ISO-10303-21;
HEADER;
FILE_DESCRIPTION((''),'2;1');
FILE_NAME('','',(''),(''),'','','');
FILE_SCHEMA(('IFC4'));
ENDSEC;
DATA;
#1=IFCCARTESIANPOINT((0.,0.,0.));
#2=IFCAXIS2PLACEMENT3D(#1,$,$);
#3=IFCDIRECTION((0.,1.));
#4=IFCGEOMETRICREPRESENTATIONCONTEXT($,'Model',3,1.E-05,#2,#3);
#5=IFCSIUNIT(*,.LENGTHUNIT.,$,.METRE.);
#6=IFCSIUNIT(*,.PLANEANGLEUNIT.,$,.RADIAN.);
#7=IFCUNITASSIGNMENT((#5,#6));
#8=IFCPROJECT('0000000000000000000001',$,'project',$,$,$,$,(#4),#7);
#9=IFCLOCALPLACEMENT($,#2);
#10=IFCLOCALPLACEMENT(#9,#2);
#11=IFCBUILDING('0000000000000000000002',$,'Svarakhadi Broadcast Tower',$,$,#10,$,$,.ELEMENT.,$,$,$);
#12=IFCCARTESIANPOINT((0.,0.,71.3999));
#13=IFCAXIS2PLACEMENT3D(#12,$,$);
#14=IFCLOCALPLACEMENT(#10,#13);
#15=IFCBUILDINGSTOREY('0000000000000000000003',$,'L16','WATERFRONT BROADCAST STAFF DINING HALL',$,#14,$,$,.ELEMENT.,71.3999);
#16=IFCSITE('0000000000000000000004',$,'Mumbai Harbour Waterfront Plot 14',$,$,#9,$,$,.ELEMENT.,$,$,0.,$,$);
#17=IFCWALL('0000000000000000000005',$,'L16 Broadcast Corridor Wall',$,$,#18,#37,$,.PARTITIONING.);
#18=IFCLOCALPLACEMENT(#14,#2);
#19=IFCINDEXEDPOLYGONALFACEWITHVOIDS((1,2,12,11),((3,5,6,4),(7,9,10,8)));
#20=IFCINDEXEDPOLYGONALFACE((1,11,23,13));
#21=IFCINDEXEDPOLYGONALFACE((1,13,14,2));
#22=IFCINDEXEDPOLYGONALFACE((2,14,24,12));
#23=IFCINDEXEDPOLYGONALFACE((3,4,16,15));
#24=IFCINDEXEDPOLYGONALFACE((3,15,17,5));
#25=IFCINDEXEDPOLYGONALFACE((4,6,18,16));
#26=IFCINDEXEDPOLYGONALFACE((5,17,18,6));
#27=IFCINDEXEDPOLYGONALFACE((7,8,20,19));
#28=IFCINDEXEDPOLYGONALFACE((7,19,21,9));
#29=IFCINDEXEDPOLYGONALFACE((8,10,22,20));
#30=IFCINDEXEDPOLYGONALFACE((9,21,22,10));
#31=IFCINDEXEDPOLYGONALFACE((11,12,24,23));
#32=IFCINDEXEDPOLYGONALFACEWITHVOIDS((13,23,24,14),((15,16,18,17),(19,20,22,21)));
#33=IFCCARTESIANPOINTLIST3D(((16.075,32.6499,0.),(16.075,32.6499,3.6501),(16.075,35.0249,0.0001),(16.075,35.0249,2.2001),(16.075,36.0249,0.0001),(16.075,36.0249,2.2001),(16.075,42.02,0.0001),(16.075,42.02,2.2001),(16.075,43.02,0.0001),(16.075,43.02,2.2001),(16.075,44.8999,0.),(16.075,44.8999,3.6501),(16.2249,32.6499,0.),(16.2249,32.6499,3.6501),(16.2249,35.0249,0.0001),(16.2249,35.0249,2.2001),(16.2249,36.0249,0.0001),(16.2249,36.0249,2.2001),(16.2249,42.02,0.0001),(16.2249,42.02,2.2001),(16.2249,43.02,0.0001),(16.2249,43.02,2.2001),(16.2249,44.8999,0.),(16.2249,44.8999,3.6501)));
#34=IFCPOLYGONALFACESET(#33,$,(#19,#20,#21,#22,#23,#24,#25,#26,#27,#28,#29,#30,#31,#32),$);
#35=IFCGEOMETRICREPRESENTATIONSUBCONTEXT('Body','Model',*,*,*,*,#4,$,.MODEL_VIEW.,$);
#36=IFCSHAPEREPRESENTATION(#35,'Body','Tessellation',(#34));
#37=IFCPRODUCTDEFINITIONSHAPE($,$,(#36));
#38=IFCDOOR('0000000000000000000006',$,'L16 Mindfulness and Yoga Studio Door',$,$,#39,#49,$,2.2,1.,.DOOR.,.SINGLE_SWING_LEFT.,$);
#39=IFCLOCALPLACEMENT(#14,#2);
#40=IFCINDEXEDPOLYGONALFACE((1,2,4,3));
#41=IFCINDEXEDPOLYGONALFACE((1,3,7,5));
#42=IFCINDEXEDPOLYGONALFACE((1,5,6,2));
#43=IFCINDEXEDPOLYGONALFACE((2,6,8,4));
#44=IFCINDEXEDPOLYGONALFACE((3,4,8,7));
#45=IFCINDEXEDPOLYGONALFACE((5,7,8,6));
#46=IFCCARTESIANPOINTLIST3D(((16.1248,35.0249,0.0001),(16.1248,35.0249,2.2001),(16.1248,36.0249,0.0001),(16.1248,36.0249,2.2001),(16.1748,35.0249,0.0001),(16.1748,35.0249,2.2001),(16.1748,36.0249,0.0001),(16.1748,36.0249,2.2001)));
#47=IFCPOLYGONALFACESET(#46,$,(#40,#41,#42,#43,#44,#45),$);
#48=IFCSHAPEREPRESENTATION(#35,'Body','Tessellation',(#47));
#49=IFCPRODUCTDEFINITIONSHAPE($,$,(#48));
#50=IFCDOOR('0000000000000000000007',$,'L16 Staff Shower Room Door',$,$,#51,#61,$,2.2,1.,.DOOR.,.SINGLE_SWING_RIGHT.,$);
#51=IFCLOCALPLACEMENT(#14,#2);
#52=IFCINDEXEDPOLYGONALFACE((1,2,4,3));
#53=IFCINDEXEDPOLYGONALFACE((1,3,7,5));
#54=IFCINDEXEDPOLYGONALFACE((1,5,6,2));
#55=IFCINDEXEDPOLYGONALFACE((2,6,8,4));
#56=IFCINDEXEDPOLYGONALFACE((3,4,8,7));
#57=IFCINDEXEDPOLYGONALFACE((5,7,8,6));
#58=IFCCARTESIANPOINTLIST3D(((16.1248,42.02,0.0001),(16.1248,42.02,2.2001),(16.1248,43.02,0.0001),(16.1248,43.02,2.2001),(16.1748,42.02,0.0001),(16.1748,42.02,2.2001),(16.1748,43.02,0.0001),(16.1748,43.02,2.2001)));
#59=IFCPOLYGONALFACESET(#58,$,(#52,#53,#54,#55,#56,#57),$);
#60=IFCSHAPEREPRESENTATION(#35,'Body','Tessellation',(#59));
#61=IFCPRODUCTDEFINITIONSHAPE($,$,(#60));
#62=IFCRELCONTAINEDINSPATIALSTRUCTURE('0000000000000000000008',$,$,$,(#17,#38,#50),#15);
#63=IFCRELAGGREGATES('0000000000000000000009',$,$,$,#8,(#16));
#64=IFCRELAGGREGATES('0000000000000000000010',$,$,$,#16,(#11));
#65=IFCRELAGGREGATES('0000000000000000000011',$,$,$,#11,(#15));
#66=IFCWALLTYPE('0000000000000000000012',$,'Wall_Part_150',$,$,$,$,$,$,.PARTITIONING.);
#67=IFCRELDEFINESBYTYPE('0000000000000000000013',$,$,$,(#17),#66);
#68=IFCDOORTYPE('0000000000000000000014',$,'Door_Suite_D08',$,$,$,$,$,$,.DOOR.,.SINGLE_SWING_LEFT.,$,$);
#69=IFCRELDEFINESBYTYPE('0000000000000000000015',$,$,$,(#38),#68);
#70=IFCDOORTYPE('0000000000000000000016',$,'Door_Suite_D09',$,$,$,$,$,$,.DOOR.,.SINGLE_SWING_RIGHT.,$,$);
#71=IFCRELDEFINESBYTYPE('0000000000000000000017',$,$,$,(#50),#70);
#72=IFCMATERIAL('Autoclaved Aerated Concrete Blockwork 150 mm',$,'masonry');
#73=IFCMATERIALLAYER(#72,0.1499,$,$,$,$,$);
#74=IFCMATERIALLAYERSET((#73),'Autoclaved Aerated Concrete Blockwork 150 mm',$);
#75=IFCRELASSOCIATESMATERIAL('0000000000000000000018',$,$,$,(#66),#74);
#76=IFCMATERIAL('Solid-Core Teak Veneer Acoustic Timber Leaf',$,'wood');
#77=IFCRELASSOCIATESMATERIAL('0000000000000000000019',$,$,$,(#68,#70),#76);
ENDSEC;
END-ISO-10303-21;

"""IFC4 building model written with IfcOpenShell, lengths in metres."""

from ifc_helpers import new_model, si_unit, direction, frame, frame_2d, origin, place, context, subcontext, project, spatial, rectangle, extrude, material, layer, layer_set, type_object, element, fill, save


model = new_model("IFC4")

# Units and contexts
model_context = context("Model", 3, precision=1e-05, world=origin(), true_north=direction((0.0, 1.0)))
body_context = subcontext(model_context, "Body", "Model", "MODEL_VIEW")
ifc_project = project(units=[si_unit("LENGTHUNIT", "METRE"), si_unit("PLANEANGLEUNIT", "RADIAN")], contexts=[model_context])

# Site, building, storey
site_placement = place(None, origin())
site = spatial("IfcSite", under=ifc_project, at=site_placement, Name="Mumbai Harbour Waterfront Plot 14", CompositionType="ELEMENT", RefElevation=0.0)
building_placement = place(site_placement, origin())
building = spatial("IfcBuilding", under=site, at=building_placement, Name="Svarakhadi Broadcast Tower", CompositionType="ELEMENT")
storey_placement = place(building_placement, frame((0.0, 0.0, 71.3999)))
storey = spatial("IfcBuildingStorey", under=building, at=storey_placement, Name="L16", Description="WATERFRONT BROADCAST STAFF DINING HALL", CompositionType="ELEMENT", Elevation=71.3999)

# Shared definitions
ifc_material_1 = material(Name="Autoclaved Aerated Concrete Blockwork 150 mm", Category="masonry")
ifc_layer_1 = layer(ifc_material_1, 0.1499)
ifc_layer_set_1 = layer_set([ifc_layer_1], Name="Autoclaved Aerated Concrete Blockwork 150 mm")
wall_type_1 = type_object("IfcWallType", Name="Wall_Part_150", PredefinedType="PARTITIONING", material=ifc_layer_set_1)

# Wall, openings, doors
wall_1_placement = place(storey_placement, frame((16.1499, 44.8999, 0.0), z_axis=(0.0, 0.0, 1.0), x_axis=(0.0, -1.0, 0.0)))
wall_1 = element("IfcWall", 1, at=wall_1_placement, inside=storey, type_object=wall_type_1, Name="L16 Broadcast Corridor Wall", PredefinedType="PARTITIONING", context=body_context, shape_type="SweptSolid", body=[
    extrude(rectangle(XDim=12.25, YDim=0.1499, at=frame_2d((6.125, 0.0))), origin(), (0.0, 0.0, 1.0), 3.6501),
])
opening_1_placement = place(wall_1_placement, frame((8.875, 0.0, 0.0)))
opening_1 = element("IfcOpeningElement", 2, at=opening_1_placement, cuts=wall_1, PredefinedType="OPENING", context=body_context, shape_type="SweptSolid", body=[
    extrude(rectangle(XDim=1.0, YDim=2.2, at=frame_2d((0.5, 1.1001))), frame((0.0, 0.085, 0.0), z_axis=(0.0, -1.0, 0.0), x_axis=(1.0, 0.0, 0.0)), (0.0, 0.0, 1.0), 0.1699),
])
opening_2_placement = place(wall_1_placement, frame((1.8799, 0.0, 0.0)))
opening_2 = element("IfcOpeningElement", 3, at=opening_2_placement, cuts=wall_1, PredefinedType="OPENING", context=body_context, shape_type="SweptSolid", body=[
    extrude(rectangle(XDim=1.0, YDim=2.2, at=frame_2d((0.5, 1.1001))), frame((0.0, 0.085, 0.0), z_axis=(0.0, -1.0, 0.0), x_axis=(1.0, 0.0, 0.0)), (0.0, 0.0, 1.0), 0.1699),
])
ifc_material_2 = material(Name="Solid-Core Teak Veneer Acoustic Timber Leaf", Category="wood")
door_type_1 = type_object("IfcDoorType", Name="Door_Suite_D08", OperationType="SINGLE_SWING_LEFT", PredefinedType="DOOR", material=ifc_material_2)
door_1_placement = place(opening_1_placement, origin())
door_1 = element("IfcDoor", 4, at=door_1_placement, inside=storey, type_object=door_type_1, Name="L16 Mindfulness and Yoga Studio Door", OperationType="SINGLE_SWING_LEFT", OverallHeight=2.2, OverallWidth=1.0, PredefinedType="DOOR", context=body_context, shape_type="SweptSolid", body=[
    extrude(rectangle(XDim=1.0, YDim=2.2, at=frame_2d((0.5, 1.1001))), frame((0.0, 0.0249, 0.0), z_axis=(0.0, -1.0, 0.0), x_axis=(1.0, 0.0, 0.0)), (0.0, 0.0, 1.0), 0.05),
])
fill(opening_1, door_1)
door_type_2 = type_object("IfcDoorType", Name="Door_Suite_D09", OperationType="SINGLE_SWING_RIGHT", PredefinedType="DOOR", material=ifc_material_2)
door_2_placement = place(opening_2_placement, origin())
door_2 = element("IfcDoor", 5, at=door_2_placement, inside=storey, type_object=door_type_2, Name="L16 Staff Shower Room Door", OperationType="SINGLE_SWING_RIGHT", OverallHeight=2.2, OverallWidth=1.0, PredefinedType="DOOR", context=body_context, shape_type="SweptSolid", body=[
    extrude(rectangle(XDim=1.0, YDim=2.2, at=frame_2d((0.5, 1.1001))), frame((0.0, 0.0249, 0.0), z_axis=(0.0, -1.0, 0.0), x_axis=(1.0, 0.0, 0.0)), (0.0, 0.0, 1.0), 0.05),
])
fill(opening_2, door_2)

save(model, "model.ifc")
